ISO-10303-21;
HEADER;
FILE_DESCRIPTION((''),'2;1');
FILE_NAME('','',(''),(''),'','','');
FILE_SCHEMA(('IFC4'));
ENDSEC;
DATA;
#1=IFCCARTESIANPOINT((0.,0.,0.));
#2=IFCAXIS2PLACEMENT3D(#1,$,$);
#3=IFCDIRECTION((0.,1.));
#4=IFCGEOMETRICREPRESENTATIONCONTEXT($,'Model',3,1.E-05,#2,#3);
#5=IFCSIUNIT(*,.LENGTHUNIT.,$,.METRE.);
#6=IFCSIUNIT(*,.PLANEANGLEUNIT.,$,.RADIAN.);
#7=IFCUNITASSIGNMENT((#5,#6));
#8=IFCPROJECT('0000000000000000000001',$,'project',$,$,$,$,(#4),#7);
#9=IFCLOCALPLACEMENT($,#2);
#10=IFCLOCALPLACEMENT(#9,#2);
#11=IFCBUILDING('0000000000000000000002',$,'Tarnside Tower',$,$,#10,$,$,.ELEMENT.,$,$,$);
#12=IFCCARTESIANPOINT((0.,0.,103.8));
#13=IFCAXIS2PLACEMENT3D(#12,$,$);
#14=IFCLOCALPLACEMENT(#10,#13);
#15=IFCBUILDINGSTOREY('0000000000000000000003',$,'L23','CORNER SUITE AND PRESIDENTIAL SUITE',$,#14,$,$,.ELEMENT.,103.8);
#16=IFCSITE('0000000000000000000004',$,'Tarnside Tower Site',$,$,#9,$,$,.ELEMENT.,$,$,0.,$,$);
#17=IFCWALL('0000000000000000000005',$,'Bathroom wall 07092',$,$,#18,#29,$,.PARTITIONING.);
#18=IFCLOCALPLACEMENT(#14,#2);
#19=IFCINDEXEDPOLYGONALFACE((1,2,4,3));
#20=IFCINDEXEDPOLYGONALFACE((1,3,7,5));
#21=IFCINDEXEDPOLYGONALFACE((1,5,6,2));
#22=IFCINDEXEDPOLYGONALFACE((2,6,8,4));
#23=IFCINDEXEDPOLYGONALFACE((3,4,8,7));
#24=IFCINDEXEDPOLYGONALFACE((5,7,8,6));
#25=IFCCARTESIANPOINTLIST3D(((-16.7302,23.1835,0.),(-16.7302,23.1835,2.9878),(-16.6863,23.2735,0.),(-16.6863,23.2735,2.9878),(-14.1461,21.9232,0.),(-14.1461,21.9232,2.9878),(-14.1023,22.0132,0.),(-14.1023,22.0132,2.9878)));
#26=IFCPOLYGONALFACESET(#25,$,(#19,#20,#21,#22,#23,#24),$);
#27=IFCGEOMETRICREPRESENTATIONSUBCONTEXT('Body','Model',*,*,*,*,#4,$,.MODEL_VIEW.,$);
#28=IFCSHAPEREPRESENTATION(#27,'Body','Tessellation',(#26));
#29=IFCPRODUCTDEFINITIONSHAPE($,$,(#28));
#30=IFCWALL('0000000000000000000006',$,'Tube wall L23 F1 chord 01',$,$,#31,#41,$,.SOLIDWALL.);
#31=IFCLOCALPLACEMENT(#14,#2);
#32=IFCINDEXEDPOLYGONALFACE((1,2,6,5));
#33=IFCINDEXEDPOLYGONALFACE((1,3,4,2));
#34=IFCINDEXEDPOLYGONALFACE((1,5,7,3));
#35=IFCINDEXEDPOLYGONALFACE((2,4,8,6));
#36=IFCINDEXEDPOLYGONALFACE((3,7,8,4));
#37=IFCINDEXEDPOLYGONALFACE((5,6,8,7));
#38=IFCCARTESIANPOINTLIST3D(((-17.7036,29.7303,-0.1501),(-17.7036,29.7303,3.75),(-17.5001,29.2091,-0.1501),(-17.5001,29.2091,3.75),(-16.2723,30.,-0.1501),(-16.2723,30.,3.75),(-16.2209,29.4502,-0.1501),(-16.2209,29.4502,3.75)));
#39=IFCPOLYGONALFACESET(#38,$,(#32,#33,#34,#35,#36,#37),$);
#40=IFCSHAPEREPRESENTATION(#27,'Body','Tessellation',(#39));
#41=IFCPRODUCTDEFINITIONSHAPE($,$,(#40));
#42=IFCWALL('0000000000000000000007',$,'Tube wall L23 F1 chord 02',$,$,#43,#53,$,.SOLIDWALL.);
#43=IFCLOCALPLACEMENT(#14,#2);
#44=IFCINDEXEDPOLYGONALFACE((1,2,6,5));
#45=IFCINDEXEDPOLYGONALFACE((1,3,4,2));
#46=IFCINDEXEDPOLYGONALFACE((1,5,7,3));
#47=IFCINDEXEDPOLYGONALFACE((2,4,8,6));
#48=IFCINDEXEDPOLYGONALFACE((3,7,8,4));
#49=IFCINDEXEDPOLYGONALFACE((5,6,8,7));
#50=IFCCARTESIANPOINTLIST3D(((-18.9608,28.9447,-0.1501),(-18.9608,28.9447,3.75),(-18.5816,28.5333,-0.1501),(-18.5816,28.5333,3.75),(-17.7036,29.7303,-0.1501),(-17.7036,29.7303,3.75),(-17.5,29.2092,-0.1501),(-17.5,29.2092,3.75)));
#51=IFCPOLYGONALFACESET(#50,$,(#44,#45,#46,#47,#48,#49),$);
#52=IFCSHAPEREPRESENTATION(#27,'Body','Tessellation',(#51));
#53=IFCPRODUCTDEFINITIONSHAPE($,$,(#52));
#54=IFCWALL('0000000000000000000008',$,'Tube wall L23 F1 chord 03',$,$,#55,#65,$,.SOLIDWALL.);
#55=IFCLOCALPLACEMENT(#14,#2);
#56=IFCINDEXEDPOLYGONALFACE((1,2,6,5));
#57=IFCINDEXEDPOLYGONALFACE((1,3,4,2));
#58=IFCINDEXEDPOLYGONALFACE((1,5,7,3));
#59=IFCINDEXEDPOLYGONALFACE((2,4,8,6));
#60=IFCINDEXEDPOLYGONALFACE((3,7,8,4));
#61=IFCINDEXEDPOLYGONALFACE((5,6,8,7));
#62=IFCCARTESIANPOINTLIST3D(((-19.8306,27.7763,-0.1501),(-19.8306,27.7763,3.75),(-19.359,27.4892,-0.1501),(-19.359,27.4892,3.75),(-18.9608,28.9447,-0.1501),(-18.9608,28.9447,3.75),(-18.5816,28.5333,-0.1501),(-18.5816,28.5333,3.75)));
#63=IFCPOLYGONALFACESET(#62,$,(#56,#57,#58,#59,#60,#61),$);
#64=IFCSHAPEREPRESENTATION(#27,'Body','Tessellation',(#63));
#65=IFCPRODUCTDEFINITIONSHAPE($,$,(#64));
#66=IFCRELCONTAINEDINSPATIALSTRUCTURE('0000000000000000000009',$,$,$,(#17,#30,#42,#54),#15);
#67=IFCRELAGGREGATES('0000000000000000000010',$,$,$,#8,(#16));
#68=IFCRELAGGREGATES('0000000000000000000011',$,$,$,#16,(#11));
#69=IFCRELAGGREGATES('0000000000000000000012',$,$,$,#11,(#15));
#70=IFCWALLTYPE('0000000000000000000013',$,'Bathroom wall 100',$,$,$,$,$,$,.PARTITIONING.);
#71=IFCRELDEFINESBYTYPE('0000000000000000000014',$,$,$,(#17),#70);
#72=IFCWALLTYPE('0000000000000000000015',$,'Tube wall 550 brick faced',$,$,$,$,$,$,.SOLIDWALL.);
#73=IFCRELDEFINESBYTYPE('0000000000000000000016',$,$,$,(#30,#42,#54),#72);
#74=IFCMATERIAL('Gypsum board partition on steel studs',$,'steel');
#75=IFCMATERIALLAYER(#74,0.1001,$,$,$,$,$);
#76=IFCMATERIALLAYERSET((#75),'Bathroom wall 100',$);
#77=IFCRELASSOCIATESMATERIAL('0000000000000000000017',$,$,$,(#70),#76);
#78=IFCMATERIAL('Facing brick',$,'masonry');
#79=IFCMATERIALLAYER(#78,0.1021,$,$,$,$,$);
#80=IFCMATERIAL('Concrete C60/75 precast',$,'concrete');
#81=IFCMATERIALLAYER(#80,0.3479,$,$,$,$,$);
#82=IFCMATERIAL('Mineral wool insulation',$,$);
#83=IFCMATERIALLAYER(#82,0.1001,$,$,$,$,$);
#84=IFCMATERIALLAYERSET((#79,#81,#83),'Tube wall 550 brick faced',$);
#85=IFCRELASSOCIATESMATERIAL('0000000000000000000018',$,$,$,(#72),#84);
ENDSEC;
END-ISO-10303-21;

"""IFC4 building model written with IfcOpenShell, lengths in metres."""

from ifc_helpers import new_model, si_unit, direction, frame, frame_2d, origin, place, context, subcontext, project, spatial, polyline, rectangle, outline, extrude, material, layer, layer_set, type_object, element, save


model = new_model("IFC4")

# Units and contexts
model_context = context("Model", 3, precision=1e-05, world=origin(), true_north=direction((0.0, 1.0)))
body_context = subcontext(model_context, "Body", "Model", "MODEL_VIEW")
ifc_project = project(units=[si_unit("LENGTHUNIT", "METRE"), si_unit("PLANEANGLEUNIT", "RADIAN")], contexts=[model_context])

# Site, building, storey
site_placement = place(None, origin())
site = spatial("IfcSite", under=ifc_project, at=site_placement, Name="Tarnside Tower Site", CompositionType="ELEMENT", RefElevation=0.0)
building_placement = place(site_placement, origin())
building = spatial("IfcBuilding", under=site, at=building_placement, Name="Tarnside Tower", CompositionType="ELEMENT")
storey_placement = place(building_placement, frame((0.0, 0.0, 103.8)))
storey = spatial("IfcBuildingStorey", under=building, at=storey_placement, Name="L23", Description="CORNER SUITE AND PRESIDENTIAL SUITE", CompositionType="ELEMENT", Elevation=103.8)

# Walls
ifc_material_1 = material(Name="Gypsum board partition on steel studs", Category="steel")
ifc_layer_1 = layer(ifc_material_1, 0.1001)
ifc_layer_set_1 = layer_set([ifc_layer_1], Name="Bathroom wall 100")
wall_type_1 = type_object("IfcWallType", Name="Bathroom wall 100", PredefinedType="PARTITIONING", material=ifc_layer_set_1)
wall_1_placement = place(storey_placement, frame((-16.7083, 23.2285, 0.0), z_axis=(0.0, 0.0, 1.0), x_axis=(0.898799, -0.43836, 0.0)))
element("IfcWall", 1, at=wall_1_placement, inside=storey, type_object=wall_type_1, Name="Bathroom wall 07092", PredefinedType="PARTITIONING", context=body_context, shape_type="SweptSolid", body=[
    extrude(rectangle(XDim=2.875, YDim=0.1001, at=frame_2d((1.4375, 0.0))), origin(), (0.0, 0.0, 1.0), 2.9878),
])
ifc_material_2 = material(Name="Facing brick", Category="masonry")
ifc_layer_2 = layer(ifc_material_2, 0.1021)
ifc_material_3 = material(Name="Concrete C60/75 precast", Category="concrete")
ifc_layer_3 = layer(ifc_material_3, 0.3479)
ifc_material_4 = material(Name="Mineral wool insulation")
ifc_layer_4 = layer(ifc_material_4, 0.1001)
ifc_layer_set_2 = layer_set([ifc_layer_2, ifc_layer_3, ifc_layer_4], Name="Tube wall 550 brick faced")
wall_type_2 = type_object("IfcWallType", Name="Tube wall 550 brick faced", PredefinedType="SOLIDWALL", material=ifc_layer_set_2)
wall_2_placement = place(storey_placement, frame((-16.2466, 29.7251, -0.1501), z_axis=(0.0, 0.0, 1.0), x_axis=(-0.982705, -0.185176, 0.0)))
element("IfcWall", 2, at=wall_2_placement, inside=storey, type_object=wall_type_2, Name="Tube wall L23 F1 chord 01", PredefinedType="SOLIDWALL", context=body_context, shape_type="SweptSolid", body=[
    extrude(outline(polyline([(-0.0256, -0.2749), (1.4309, -0.2749), (1.3274, 0.2749), (0.0256, 0.2749), (-0.0256, -0.2749)])), origin(), (0.0, 0.0, 1.0), 3.9001),
])
wall_3_placement = place(storey_placement, frame((-17.6018, 29.4697, -0.1501), z_axis=(0.0, 0.0, 1.0), x_axis=(-0.848058, -0.529903, 0.0)))
element("IfcWall", 3, at=wall_3_placement, inside=storey, type_object=wall_type_2, Name="Tube wall L23 F1 chord 02", PredefinedType="SOLIDWALL", context=body_context, shape_type="SweptSolid", body=[
    extrude(outline(polyline([(-0.0518, -0.2749), (1.4307, -0.2749), (1.3271, 0.2749), (0.0518, 0.2749), (-0.0518, -0.2749)])), origin(), (0.0, 0.0, 1.0), 3.9001),
])
wall_4_placement = place(storey_placement, frame((-18.7712, 28.739, -0.1501), z_axis=(0.0, 0.0, 1.0), x_axis=(-0.597135, -0.802141, 0.0)))
element("IfcWall", 4, at=wall_4_placement, inside=storey, type_object=wall_type_2, Name="Tube wall L23 F1 chord 03", PredefinedType="SOLIDWALL", context=body_context, shape_type="SweptSolid", body=[
    extrude(outline(polyline([(-0.0518, -0.2749), (1.4048, -0.2749), (1.3535, 0.2749), (0.0518, 0.2749), (-0.0518, -0.2749)])), origin(), (0.0, 0.0, 1.0), 3.9001),
])

save(model, "model.ifc")
